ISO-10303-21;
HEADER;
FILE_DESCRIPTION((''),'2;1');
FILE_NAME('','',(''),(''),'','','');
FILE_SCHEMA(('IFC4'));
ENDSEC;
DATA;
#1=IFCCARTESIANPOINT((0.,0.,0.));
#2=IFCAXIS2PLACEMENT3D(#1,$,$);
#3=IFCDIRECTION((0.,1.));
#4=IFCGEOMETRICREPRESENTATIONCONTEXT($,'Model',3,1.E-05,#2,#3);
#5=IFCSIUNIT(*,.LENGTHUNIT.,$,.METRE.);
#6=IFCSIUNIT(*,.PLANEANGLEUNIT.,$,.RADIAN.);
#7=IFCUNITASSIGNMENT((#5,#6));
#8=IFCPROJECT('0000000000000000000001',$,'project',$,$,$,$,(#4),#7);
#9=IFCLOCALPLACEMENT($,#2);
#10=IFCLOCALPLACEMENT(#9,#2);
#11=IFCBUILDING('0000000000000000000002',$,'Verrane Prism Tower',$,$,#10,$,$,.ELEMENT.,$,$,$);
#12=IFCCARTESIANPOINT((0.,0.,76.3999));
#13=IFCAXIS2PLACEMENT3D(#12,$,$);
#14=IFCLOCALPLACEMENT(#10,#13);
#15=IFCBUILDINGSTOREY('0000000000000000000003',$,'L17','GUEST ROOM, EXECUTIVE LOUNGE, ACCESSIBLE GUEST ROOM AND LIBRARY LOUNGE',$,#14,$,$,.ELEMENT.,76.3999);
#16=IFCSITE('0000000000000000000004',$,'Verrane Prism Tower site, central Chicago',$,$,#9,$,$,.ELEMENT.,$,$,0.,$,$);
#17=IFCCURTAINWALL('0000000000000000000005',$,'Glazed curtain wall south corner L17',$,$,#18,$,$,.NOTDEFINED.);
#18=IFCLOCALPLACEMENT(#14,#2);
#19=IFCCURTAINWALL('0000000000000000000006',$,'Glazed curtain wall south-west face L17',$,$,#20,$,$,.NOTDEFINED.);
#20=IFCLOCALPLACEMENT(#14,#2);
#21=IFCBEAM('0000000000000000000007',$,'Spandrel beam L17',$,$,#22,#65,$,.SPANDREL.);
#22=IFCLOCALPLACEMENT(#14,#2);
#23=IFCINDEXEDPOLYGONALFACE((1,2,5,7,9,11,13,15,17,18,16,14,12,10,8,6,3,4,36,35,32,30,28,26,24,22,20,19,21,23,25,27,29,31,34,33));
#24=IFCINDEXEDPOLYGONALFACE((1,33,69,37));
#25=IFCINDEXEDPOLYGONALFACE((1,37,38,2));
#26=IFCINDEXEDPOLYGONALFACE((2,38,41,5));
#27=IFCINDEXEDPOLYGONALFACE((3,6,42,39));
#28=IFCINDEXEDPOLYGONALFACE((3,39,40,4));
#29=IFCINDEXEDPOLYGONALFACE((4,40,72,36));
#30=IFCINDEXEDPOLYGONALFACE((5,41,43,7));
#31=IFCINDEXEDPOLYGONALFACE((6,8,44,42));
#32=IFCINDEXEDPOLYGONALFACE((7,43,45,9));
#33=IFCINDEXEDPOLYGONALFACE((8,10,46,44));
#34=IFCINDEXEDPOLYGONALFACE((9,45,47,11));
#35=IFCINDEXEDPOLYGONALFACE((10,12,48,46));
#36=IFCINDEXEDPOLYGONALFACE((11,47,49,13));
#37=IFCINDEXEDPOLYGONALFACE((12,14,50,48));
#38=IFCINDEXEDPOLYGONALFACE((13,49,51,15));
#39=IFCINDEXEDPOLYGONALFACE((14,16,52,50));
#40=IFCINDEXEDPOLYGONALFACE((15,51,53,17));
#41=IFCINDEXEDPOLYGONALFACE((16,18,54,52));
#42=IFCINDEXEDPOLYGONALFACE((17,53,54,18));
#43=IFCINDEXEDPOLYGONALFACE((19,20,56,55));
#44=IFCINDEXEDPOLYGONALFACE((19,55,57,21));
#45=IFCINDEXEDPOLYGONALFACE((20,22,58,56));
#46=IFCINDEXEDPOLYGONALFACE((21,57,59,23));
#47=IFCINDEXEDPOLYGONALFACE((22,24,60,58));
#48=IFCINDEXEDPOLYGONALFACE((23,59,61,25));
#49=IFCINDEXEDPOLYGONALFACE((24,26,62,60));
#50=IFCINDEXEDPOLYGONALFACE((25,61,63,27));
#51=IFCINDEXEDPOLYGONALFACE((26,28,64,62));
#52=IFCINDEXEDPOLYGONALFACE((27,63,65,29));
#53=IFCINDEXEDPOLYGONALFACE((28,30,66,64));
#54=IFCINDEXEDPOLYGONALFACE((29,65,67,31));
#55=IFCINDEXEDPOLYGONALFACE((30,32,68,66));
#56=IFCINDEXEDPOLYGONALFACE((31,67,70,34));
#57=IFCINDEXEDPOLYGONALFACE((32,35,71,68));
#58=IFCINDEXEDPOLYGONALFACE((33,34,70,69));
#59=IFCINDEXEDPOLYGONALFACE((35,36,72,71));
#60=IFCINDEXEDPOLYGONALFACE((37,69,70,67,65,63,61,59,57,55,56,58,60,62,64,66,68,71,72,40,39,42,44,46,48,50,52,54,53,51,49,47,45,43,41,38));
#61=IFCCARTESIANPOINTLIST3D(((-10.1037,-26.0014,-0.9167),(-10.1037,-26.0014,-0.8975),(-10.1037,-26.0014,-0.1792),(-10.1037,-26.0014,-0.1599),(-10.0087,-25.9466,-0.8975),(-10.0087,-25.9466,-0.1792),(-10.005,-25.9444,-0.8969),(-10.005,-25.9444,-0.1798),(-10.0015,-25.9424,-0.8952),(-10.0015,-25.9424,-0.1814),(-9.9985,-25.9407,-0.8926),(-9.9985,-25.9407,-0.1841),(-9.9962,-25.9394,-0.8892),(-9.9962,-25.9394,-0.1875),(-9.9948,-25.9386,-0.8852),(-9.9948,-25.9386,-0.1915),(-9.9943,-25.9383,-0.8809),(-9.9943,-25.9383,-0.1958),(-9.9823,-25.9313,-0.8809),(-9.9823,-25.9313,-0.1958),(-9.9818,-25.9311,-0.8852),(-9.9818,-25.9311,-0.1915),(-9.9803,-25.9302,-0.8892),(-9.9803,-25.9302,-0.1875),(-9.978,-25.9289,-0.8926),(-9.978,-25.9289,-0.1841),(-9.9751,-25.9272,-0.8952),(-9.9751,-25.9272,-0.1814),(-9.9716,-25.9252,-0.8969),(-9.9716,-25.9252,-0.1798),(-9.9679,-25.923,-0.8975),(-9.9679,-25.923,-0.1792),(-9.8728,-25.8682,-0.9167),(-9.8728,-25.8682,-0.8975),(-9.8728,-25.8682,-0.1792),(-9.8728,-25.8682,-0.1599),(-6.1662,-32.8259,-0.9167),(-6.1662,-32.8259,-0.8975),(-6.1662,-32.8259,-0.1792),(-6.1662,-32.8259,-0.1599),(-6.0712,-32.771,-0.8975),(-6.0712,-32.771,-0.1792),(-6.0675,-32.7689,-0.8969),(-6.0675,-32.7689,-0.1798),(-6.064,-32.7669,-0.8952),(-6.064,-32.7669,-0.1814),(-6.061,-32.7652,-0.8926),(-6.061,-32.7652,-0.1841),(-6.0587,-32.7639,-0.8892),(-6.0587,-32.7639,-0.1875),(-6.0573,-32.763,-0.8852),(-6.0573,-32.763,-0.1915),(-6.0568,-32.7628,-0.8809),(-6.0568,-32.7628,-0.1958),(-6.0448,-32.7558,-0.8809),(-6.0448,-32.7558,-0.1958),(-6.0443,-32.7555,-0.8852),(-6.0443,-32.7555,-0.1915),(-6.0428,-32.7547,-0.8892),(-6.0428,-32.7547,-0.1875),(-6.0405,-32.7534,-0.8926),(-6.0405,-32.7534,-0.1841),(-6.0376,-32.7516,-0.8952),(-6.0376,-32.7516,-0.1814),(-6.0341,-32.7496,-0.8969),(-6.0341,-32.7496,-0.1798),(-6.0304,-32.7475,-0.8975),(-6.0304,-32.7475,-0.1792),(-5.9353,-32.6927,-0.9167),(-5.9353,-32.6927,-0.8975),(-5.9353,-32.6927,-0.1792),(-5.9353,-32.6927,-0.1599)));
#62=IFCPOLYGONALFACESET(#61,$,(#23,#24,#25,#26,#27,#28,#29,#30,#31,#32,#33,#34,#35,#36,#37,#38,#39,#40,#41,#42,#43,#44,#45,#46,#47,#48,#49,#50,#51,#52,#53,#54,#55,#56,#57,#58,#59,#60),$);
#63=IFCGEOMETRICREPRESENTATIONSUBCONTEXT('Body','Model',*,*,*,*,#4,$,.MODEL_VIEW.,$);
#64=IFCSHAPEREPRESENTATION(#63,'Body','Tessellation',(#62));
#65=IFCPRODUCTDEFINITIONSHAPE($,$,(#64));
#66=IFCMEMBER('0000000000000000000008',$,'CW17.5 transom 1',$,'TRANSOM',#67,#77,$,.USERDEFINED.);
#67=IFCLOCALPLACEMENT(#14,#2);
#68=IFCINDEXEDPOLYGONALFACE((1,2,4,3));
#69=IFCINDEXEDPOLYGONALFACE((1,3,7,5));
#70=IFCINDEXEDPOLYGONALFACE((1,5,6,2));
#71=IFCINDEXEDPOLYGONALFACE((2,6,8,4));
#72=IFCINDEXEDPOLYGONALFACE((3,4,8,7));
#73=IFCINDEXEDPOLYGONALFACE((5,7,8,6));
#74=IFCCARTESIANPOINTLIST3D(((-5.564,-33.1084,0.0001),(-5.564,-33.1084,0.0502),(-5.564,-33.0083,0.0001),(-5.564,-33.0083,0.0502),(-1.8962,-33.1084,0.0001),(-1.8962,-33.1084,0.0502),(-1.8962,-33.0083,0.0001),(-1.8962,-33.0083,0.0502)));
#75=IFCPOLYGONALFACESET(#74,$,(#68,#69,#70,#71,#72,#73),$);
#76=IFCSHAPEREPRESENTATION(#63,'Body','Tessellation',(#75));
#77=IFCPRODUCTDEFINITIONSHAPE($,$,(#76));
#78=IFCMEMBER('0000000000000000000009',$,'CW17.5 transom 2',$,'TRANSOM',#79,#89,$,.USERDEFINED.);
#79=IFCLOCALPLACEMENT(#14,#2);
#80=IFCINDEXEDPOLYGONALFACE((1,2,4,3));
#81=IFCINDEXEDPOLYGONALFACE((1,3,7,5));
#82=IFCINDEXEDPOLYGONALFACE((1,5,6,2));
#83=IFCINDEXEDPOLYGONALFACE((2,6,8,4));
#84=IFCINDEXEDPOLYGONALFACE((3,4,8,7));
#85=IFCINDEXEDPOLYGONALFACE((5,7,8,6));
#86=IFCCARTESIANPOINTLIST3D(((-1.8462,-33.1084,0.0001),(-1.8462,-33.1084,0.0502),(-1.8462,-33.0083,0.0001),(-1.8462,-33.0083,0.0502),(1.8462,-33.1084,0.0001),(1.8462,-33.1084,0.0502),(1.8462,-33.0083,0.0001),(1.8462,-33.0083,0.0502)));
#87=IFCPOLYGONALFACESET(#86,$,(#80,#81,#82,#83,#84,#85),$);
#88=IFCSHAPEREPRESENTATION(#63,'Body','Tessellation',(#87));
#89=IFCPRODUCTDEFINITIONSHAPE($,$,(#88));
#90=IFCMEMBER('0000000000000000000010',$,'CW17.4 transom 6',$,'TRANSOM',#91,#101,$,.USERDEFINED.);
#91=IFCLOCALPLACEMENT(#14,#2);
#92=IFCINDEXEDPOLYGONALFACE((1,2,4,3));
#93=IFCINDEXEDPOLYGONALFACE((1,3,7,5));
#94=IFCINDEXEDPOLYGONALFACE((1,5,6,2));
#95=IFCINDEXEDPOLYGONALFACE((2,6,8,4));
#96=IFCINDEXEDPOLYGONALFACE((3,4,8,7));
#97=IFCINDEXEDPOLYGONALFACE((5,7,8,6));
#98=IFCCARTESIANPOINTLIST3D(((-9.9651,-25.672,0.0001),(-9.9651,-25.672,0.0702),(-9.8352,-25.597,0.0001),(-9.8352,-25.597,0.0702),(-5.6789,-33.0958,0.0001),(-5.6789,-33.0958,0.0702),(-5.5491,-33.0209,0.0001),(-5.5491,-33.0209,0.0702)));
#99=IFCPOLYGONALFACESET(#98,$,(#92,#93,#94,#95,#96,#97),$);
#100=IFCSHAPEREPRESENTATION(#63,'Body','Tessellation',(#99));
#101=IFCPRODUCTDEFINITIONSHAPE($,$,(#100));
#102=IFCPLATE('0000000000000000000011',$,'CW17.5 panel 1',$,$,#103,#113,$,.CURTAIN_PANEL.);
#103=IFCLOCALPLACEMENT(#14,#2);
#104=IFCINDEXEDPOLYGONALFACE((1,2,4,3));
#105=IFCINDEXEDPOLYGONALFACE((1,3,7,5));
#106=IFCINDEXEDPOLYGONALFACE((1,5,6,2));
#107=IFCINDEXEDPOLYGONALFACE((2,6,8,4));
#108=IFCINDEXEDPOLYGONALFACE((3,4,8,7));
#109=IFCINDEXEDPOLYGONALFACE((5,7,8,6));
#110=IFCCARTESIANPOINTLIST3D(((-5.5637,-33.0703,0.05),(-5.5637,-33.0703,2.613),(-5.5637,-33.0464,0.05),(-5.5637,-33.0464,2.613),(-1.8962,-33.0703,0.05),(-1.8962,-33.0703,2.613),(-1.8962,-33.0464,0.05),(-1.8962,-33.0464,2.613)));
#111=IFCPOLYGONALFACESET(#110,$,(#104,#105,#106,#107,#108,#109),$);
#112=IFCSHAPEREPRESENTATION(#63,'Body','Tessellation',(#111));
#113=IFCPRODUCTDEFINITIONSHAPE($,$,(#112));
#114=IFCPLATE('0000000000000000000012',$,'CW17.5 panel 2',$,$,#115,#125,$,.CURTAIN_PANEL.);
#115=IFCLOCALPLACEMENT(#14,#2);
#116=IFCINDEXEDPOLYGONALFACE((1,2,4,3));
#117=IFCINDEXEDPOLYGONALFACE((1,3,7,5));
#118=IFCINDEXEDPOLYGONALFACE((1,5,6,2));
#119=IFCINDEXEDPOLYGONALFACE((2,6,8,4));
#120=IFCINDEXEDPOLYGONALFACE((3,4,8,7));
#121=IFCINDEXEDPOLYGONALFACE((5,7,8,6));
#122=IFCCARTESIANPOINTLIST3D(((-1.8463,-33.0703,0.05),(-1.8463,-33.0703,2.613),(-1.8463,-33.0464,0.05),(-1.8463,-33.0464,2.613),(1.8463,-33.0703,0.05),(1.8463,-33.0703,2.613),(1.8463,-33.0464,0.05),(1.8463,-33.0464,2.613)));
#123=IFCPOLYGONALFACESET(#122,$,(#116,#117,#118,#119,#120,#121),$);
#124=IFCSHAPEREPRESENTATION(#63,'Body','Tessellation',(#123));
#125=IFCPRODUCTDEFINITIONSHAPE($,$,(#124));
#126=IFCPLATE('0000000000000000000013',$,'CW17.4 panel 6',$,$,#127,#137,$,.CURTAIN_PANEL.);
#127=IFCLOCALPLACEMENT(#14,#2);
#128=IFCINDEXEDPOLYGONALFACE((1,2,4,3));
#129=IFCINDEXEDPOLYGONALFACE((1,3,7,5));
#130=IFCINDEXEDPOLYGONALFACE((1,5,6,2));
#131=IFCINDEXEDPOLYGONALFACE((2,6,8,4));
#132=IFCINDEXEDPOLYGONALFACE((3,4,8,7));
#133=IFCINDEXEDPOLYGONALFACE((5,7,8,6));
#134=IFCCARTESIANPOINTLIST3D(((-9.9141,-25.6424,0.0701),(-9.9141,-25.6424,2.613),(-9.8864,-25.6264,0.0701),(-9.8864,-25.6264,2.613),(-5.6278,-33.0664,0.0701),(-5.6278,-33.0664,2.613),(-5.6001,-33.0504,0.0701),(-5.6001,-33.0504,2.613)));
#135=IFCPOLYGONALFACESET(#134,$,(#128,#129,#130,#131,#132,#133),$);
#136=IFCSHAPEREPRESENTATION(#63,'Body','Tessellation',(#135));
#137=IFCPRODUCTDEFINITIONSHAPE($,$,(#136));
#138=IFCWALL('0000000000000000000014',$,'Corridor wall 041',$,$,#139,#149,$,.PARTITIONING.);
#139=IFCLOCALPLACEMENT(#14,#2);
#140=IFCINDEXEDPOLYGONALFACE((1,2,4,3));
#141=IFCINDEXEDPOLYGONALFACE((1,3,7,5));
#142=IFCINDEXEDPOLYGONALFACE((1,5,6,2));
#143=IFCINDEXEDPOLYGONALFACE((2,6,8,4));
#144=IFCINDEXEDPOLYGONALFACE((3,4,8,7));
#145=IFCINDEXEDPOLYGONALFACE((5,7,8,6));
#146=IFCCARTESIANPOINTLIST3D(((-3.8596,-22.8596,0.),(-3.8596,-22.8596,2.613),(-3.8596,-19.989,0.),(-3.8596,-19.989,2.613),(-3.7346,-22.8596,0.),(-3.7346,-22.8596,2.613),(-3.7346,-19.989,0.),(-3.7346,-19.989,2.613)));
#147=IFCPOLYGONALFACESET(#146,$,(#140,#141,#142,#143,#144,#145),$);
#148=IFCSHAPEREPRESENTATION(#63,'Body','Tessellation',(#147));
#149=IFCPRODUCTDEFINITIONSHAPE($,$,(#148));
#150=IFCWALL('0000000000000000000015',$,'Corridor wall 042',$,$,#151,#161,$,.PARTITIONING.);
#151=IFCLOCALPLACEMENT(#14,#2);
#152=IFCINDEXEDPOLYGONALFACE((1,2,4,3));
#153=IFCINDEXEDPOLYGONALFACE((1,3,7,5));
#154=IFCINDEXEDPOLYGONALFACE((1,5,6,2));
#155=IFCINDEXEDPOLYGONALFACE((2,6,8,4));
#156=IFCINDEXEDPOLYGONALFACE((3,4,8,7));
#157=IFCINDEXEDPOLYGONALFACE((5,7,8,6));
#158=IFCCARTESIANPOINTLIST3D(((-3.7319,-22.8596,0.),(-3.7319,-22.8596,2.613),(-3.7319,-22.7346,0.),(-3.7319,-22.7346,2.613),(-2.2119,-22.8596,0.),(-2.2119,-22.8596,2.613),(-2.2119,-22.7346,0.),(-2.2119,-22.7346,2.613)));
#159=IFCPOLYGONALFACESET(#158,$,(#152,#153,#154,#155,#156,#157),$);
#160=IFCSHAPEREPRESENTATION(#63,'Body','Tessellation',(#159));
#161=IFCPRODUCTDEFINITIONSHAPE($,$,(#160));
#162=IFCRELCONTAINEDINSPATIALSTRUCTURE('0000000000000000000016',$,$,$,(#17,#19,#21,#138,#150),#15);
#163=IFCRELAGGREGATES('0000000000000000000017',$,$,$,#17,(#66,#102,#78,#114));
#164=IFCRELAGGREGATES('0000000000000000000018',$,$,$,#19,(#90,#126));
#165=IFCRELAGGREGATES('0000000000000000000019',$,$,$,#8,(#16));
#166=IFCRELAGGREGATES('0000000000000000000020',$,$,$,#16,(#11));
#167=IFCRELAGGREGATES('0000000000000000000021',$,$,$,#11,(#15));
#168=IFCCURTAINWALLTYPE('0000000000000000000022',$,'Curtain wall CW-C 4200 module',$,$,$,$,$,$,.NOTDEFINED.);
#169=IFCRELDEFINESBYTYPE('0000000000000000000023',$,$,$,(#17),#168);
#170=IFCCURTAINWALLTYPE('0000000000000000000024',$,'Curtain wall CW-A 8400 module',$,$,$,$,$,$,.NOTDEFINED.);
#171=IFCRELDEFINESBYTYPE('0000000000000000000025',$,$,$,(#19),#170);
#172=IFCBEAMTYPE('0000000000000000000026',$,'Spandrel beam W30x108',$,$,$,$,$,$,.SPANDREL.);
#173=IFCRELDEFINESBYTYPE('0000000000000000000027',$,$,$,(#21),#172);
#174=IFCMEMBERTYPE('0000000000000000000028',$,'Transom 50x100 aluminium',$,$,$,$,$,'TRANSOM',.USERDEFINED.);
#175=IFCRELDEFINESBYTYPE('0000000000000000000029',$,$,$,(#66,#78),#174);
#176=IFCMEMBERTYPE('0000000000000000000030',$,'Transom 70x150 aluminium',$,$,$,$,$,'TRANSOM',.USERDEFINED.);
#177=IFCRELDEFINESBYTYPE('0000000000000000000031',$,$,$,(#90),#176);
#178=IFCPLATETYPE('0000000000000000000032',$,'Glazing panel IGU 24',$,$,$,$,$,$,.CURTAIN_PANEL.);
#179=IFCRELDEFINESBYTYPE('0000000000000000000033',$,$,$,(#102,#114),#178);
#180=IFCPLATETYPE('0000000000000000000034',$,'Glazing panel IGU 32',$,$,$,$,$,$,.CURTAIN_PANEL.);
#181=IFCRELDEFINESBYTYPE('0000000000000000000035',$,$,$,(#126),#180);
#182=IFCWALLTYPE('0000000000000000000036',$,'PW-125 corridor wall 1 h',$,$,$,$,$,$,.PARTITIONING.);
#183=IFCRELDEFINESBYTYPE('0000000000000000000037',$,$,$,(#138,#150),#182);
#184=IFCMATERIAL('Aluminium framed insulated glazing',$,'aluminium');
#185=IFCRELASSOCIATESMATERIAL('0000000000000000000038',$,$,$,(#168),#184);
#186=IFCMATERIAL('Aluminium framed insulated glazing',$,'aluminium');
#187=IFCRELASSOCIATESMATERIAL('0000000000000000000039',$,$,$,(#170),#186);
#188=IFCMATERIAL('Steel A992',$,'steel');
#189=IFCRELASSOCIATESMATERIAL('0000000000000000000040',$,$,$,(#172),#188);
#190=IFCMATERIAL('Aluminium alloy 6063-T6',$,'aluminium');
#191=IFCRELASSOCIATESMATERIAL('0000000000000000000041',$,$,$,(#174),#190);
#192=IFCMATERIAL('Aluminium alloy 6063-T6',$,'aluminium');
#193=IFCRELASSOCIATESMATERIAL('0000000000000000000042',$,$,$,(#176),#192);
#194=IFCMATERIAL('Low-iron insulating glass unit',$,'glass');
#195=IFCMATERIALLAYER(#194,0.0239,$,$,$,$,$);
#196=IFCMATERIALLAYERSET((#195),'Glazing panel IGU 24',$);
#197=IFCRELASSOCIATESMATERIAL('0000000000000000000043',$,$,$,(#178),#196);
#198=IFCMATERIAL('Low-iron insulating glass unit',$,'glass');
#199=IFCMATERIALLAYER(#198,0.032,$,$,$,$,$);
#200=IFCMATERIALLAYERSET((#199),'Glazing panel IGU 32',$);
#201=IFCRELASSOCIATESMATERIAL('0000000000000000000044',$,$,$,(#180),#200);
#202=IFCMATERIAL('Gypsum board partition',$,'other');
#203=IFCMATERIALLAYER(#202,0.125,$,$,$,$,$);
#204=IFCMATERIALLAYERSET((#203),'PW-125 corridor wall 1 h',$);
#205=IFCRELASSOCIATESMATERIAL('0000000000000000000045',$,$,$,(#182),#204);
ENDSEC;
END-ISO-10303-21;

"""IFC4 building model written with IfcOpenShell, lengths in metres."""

from ifc_helpers import new_model, si_unit, direction, frame, frame_2d, origin, origin_2d, place, context, subcontext, project, spatial, rectangle, i_section, extrude, material, layer, layer_set, material_profile, profile_set, type_object, element, aggregate, save


model = new_model("IFC4")

# Units and contexts
model_context = context("Model", 3, precision=1e-05, world=origin(), true_north=direction((0.0, 1.0)))
body_context = subcontext(model_context, "Body", "Model", "MODEL_VIEW")
ifc_project = project(units=[si_unit("LENGTHUNIT", "METRE"), si_unit("PLANEANGLEUNIT", "RADIAN")], contexts=[model_context])

# Site, building, storey
site_placement = place(None, origin())
site = spatial("IfcSite", under=ifc_project, at=site_placement, Name="Verrane Prism Tower site, central Chicago", CompositionType="ELEMENT", RefElevation=0.0)
building_placement = place(site_placement, origin())
building = spatial("IfcBuilding", under=site, at=building_placement, Name="Verrane Prism Tower", CompositionType="ELEMENT")
storey_placement = place(building_placement, frame((0.0, 0.0, 76.3999)))
storey = spatial("IfcBuildingStorey", under=building, at=storey_placement, Name="L17", Description="GUEST ROOM, EXECUTIVE LOUNGE, ACCESSIBLE GUEST ROOM AND LIBRARY LOUNGE", CompositionType="ELEMENT", Elevation=76.3999)

# Curtain wall
ifc_material_1 = material(Name="Aluminium framed insulated glazing", Category="aluminium")
curtain_wall_type_1 = type_object("IfcCurtainWallType", Name="Curtain wall CW-C 4200 module", PredefinedType="NOTDEFINED", material=ifc_material_1)
curtain_wall_1_placement = place(storey_placement, origin())
curtain_wall_1 = element("IfcCurtainWall", 1, at=curtain_wall_1_placement, inside=storey, type_object=curtain_wall_type_1, Name="Glazed curtain wall south corner L17", PredefinedType="NOTDEFINED")

# Curtain wall
ifc_material_2 = material(Name="Aluminium framed insulated glazing", Category="aluminium")
curtain_wall_type_2 = type_object("IfcCurtainWallType", Name="Curtain wall CW-A 8400 module", PredefinedType="NOTDEFINED", material=ifc_material_2)
curtain_wall_2_placement = place(storey_placement, origin())
curtain_wall_2 = element("IfcCurtainWall", 2, at=curtain_wall_2_placement, inside=storey, type_object=curtain_wall_type_2, Name="Glazed curtain wall south-west face L17", PredefinedType="NOTDEFINED")

# Beam
ifc_material_3 = material(Name="Steel A992", Category="steel")
ifc_material_profile_1 = material_profile(ifc_material_3, i_section(OverallWidth=0.2666, OverallDepth=0.7568, WebThickness=0.0139, FlangeThickness=0.0193, FilletRadius=0.0166, at=origin_2d()), Name="W30x108")
ifc_profile_set_1 = profile_set([ifc_material_profile_1], Name="Steel A992")
beam_type_1 = type_object("IfcBeamType", Name="Spandrel beam W30x108", PredefinedType="SPANDREL", material=ifc_profile_set_1)
beam_1_placement = place(storey_placement, frame((-9.9883, -25.9348, -0.5383), z_axis=(0.499752, -0.866169, 0.0), x_axis=(0.866169, 0.499752, 0.0)))
element("IfcBeam", 3, at=beam_1_placement, inside=storey, type_object=beam_type_1, Name="Spandrel beam L17", PredefinedType="SPANDREL", context=body_context, shape_type="SweptSolid", body=[
    extrude(i_section(OverallWidth=0.2666, OverallDepth=0.7568, WebThickness=0.0139, FlangeThickness=0.0193, FilletRadius=0.0166, at=origin_2d()), origin(), (0.0, 0.0, 1.0), 7.8789),
])

# Members
ifc_material_4 = material(Name="Aluminium alloy 6063-T6", Category="aluminium")
ifc_material_profile_2 = material_profile(ifc_material_4, rectangle(XDim=0.1001, YDim=0.05, at=origin_2d()), Name="Transom 50x100 aluminium")
ifc_profile_set_2 = profile_set([ifc_material_profile_2], Name="Aluminium alloy 6063-T6")
member_type_1 = type_object("IfcMemberType", Name="Transom 50x100 aluminium", ElementType="TRANSOM", PredefinedType="USERDEFINED", material=ifc_profile_set_2)
member_1_placement = place(storey_placement, frame((-5.564, -33.0583, 0.0251), z_axis=(1.0, 0.0, 0.0), x_axis=(0.0, 1.0, 0.0)))
member_1 = element("IfcMember", 4, at=member_1_placement, type_object=member_type_1, Name="CW17.5 transom 1", ObjectType="TRANSOM", PredefinedType="USERDEFINED", context=body_context, shape_type="SweptSolid", body=[
    extrude(rectangle(XDim=0.1001, YDim=0.05, at=origin_2d()), origin(), (0.0, 0.0, 1.0), 3.6677),
])
member_2_placement = place(storey_placement, frame((-1.8462, -33.0583, 0.0251), z_axis=(1.0, 0.0, 0.0), x_axis=(0.0, 1.0, 0.0)))
member_2 = element("IfcMember", 5, at=member_2_placement, type_object=member_type_1, Name="CW17.5 transom 2", ObjectType="TRANSOM", PredefinedType="USERDEFINED", context=body_context, shape_type="SweptSolid", body=[
    extrude(rectangle(XDim=0.1001, YDim=0.05, at=origin_2d()), origin(), (0.0, 0.0, 1.0), 3.6924),
])
ifc_material_5 = material(Name="Aluminium alloy 6063-T6", Category="aluminium")
ifc_material_profile_3 = material_profile(ifc_material_5, rectangle(XDim=0.1499, YDim=0.0701, at=origin_2d()), Name="Transom 70x150 aluminium")
ifc_profile_set_3 = profile_set([ifc_material_profile_3], Name="Aluminium alloy 6063-T6")
member_type_2 = type_object("IfcMemberType", Name="Transom 70x150 aluminium", ElementType="TRANSOM", PredefinedType="USERDEFINED", material=ifc_profile_set_3)
member_3_placement = place(storey_placement, frame((-9.9001, -25.6345, 0.0352), z_axis=(0.499999, -0.866026, 0.0), x_axis=(0.866026, 0.499999, 0.0)))
member_3 = element("IfcMember", 6, at=member_3_placement, type_object=member_type_2, Name="CW17.4 transom 6", ObjectType="TRANSOM", PredefinedType="USERDEFINED", context=body_context, shape_type="SweptSolid", body=[
    extrude(rectangle(XDim=0.1499, YDim=0.0701, at=origin_2d()), origin(), (0.0, 0.0, 1.0), 8.5723),
])

# Plates
ifc_material_6 = material(Name="Low-iron insulating glass unit", Category="glass")
ifc_layer_1 = layer(ifc_material_6, 0.0239)
ifc_layer_set_1 = layer_set([ifc_layer_1], Name="Glazing panel IGU 24")
plate_type_1 = type_object("IfcPlateType", Name="Glazing panel IGU 24", PredefinedType="CURTAIN_PANEL", material=ifc_layer_set_1)
plate_1_placement = place(storey_placement, frame((-3.73, -33.0583, 0.05), z_axis=(0.0, 0.0, 1.0), x_axis=(1.0, 0.0, 0.0)))
plate_1 = element("IfcPlate", 7, at=plate_1_placement, type_object=plate_type_1, Name="CW17.5 panel 1", PredefinedType="CURTAIN_PANEL", context=body_context, shape_type="SweptSolid", body=[
    extrude(rectangle(XDim=3.6675, YDim=0.0239, at=origin_2d()), origin(), (0.0, 0.0, 1.0), 2.563),
])
plate_2_placement = place(storey_placement, frame((0.0, -33.0583, 0.05), z_axis=(0.0, 0.0, 1.0), x_axis=(1.0, 0.0, 0.0)))
plate_2 = element("IfcPlate", 8, at=plate_2_placement, type_object=plate_type_1, Name="CW17.5 panel 2", PredefinedType="CURTAIN_PANEL", context=body_context, shape_type="SweptSolid", body=[
    extrude(rectangle(XDim=3.6926, YDim=0.0239, at=origin_2d()), origin(), (0.0, 0.0, 1.0), 2.563),
])
aggregate(curtain_wall_1, [member_1, plate_1, member_2, plate_2])
ifc_material_7 = material(Name="Low-iron insulating glass unit", Category="glass")
ifc_layer_2 = layer(ifc_material_7, 0.032)
ifc_layer_set_2 = layer_set([ifc_layer_2], Name="Glazing panel IGU 32")
plate_type_2 = type_object("IfcPlateType", Name="Glazing panel IGU 32", PredefinedType="CURTAIN_PANEL", material=ifc_layer_set_2)
plate_3_placement = place(storey_placement, frame((-7.7571, -29.3464, 0.0701), z_axis=(0.0, 0.0, 1.0), x_axis=(0.499999, -0.866026, 0.0)))
plate_3 = element("IfcPlate", 9, at=plate_3_placement, type_object=plate_type_2, Name="CW17.4 panel 6", PredefinedType="CURTAIN_PANEL", context=body_context, shape_type="SweptSolid", body=[
    extrude(rectangle(XDim=8.5725, YDim=0.032, at=origin_2d()), origin(), (0.0, 0.0, 1.0), 2.543),
])
aggregate(curtain_wall_2, [member_3, plate_3])

# Walls
ifc_material_8 = material(Name="Gypsum board partition", Category="other")
ifc_layer_3 = layer(ifc_material_8, 0.125)
ifc_layer_set_3 = layer_set([ifc_layer_3], Name="PW-125 corridor wall 1 h")
wall_type_1 = type_object("IfcWallType", Name="PW-125 corridor wall 1 h", PredefinedType="PARTITIONING", material=ifc_layer_set_3)
wall_1_placement = place(storey_placement, frame((-3.7971, -22.8596, 0.0), z_axis=(0.0, 0.0, 1.0), x_axis=(0.0, 1.0, 0.0)))
element("IfcWall", 10, at=wall_1_placement, inside=storey, type_object=wall_type_1, Name="Corridor wall 041", PredefinedType="PARTITIONING", context=body_context, shape_type="SweptSolid", body=[
    extrude(rectangle(XDim=2.8706, YDim=0.125, at=frame_2d((1.4353, 0.0))), origin(), (0.0, 0.0, 1.0), 2.613),
])
wall_2_placement = place(storey_placement, frame((-3.7319, -22.7971, 0.0), z_axis=(0.0, 0.0, 1.0), x_axis=(1.0, 0.0, 0.0)))
element("IfcWall", 11, at=wall_2_placement, inside=storey, type_object=wall_type_1, Name="Corridor wall 042", PredefinedType="PARTITIONING", context=body_context, shape_type="SweptSolid", body=[
    extrude(rectangle(XDim=1.52, YDim=0.125, at=frame_2d((0.76, 0.0))), origin(), (0.0, 0.0, 1.0), 2.613),
])

save(model, "model.ifc")
